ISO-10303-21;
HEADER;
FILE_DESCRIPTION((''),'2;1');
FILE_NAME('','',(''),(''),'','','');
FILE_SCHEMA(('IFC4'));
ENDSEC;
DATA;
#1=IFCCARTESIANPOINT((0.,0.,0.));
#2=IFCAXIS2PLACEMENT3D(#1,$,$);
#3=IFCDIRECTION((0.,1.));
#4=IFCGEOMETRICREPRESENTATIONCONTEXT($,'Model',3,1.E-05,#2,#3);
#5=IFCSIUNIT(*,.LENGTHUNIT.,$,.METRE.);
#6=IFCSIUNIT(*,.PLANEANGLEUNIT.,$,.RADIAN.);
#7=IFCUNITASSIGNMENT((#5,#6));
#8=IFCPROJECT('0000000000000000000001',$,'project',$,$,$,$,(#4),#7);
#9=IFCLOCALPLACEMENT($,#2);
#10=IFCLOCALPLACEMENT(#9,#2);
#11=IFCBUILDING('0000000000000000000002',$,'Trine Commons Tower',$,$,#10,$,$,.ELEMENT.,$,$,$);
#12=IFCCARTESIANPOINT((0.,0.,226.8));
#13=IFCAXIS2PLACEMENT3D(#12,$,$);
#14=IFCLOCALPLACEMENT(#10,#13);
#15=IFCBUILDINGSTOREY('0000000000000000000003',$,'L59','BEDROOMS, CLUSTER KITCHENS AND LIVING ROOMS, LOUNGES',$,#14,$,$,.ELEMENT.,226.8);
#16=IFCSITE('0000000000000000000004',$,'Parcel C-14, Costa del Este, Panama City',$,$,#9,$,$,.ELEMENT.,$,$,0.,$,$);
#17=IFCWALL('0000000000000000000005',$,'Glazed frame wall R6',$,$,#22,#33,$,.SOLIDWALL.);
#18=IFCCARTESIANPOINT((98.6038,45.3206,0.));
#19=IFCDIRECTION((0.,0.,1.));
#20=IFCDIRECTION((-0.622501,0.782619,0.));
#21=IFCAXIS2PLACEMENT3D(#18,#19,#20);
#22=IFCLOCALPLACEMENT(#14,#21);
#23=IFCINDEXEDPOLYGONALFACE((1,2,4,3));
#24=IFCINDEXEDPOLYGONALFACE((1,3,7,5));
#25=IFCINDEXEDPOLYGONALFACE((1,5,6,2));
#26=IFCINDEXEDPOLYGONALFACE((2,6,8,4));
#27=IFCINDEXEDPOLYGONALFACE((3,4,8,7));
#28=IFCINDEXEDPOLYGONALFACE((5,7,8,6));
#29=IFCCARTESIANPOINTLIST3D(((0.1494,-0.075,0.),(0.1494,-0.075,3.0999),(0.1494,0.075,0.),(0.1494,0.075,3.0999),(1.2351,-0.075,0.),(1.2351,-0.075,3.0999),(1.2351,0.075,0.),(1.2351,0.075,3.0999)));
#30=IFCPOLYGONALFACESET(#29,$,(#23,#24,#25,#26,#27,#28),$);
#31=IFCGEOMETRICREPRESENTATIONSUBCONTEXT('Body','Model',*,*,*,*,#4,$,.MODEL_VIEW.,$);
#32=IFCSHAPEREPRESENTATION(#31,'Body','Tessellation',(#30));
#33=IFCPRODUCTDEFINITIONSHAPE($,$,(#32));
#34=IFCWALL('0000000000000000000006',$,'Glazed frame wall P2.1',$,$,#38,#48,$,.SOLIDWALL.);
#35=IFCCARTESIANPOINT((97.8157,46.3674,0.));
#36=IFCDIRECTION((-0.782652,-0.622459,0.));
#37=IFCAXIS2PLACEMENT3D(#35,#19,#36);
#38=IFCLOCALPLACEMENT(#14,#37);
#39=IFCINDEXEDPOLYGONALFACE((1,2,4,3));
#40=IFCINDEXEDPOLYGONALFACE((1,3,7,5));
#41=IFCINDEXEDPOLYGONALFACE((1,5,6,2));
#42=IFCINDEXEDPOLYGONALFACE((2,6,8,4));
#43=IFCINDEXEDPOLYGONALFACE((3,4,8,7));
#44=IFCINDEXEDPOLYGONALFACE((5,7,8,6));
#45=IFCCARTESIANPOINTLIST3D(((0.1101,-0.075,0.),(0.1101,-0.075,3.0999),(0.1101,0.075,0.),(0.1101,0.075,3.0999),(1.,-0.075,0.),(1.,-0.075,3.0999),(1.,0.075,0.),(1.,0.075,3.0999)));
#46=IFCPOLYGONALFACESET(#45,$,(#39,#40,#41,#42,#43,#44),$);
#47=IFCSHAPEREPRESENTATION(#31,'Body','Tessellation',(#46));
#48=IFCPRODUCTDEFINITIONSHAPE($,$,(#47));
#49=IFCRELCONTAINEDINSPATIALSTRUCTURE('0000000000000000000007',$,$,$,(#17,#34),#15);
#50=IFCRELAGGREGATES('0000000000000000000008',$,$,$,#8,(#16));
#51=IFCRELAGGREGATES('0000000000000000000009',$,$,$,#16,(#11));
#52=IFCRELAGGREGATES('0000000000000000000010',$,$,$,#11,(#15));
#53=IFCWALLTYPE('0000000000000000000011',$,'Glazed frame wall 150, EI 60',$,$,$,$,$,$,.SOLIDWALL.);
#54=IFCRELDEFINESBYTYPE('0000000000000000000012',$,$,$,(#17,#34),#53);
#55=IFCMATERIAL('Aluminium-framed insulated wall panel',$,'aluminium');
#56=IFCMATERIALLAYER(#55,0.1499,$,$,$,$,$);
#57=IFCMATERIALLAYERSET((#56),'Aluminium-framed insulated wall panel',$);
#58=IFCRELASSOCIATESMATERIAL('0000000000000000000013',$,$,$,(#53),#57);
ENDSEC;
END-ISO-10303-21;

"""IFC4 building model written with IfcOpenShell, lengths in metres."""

from ifc_helpers import new_model, si_unit, direction, frame, origin, place, context, subcontext, project, spatial, polyline, outline, extrude, material, layer, layer_set, type_object, element, save


model = new_model("IFC4")

# Units and contexts
model_context = context("Model", 3, precision=1e-05, world=origin(), true_north=direction((0.0, 1.0)))
body_context = subcontext(model_context, "Body", "Model", "MODEL_VIEW")
ifc_project = project(units=[si_unit("LENGTHUNIT", "METRE"), si_unit("PLANEANGLEUNIT", "RADIAN")], contexts=[model_context])

# Site, building, storey
site_placement = place(None, origin())
site = spatial("IfcSite", under=ifc_project, at=site_placement, Name="Parcel C-14, Costa del Este, Panama City", CompositionType="ELEMENT", RefElevation=0.0)
building_placement = place(site_placement, origin())
building = spatial("IfcBuilding", under=site, at=building_placement, Name="Trine Commons Tower", CompositionType="ELEMENT")
storey_placement = place(building_placement, frame((0.0, 0.0, 226.8)))
storey = spatial("IfcBuildingStorey", under=building, at=storey_placement, Name="L59", Description="BEDROOMS, CLUSTER KITCHENS AND LIVING ROOMS, LOUNGES", CompositionType="ELEMENT", Elevation=226.8)

# Walls
ifc_material_1 = material(Name="Aluminium-framed insulated wall panel", Category="aluminium")
ifc_layer_1 = layer(ifc_material_1, 0.1499)
ifc_layer_set_1 = layer_set([ifc_layer_1], Name="Aluminium-framed insulated wall panel")
wall_type_1 = type_object("IfcWallType", Name="Glazed frame wall 150, EI 60", PredefinedType="SOLIDWALL", material=ifc_layer_set_1)
wall_1_placement = place(storey_placement, frame((98.6038, 45.3206, 0.0), z_axis=(0.0, 0.0, 1.0), x_axis=(-0.622501, 0.782619, 0.0)))
element("IfcWall", 1, at=wall_1_placement, inside=storey, type_object=wall_type_1, Name="Glazed frame wall R6", PredefinedType="SOLIDWALL", context=body_context, shape_type="SweptSolid", body=[
    extrude(outline(polyline([(0.1494, 0.075), (0.1494, -0.075), (1.2351, -0.075), (1.2351, 0.075), (0.1494, 0.075)])), origin(), (0.0, 0.0, 1.0), 3.0999),
])
wall_2_placement = place(storey_placement, frame((97.8157, 46.3674, 0.0), z_axis=(0.0, 0.0, 1.0), x_axis=(-0.782652, -0.622459, 0.0)))
element("IfcWall", 2, at=wall_2_placement, inside=storey, type_object=wall_type_1, Name="Glazed frame wall P2.1", PredefinedType="SOLIDWALL", context=body_context, shape_type="SweptSolid", body=[
    extrude(outline(polyline([(0.1101, -0.075), (1.0, -0.075), (1.0, 0.075), (0.1101, 0.075), (0.1101, -0.075)])), origin(), (0.0, 0.0, 1.0), 3.0999),
])

save(model, "model.ifc")
